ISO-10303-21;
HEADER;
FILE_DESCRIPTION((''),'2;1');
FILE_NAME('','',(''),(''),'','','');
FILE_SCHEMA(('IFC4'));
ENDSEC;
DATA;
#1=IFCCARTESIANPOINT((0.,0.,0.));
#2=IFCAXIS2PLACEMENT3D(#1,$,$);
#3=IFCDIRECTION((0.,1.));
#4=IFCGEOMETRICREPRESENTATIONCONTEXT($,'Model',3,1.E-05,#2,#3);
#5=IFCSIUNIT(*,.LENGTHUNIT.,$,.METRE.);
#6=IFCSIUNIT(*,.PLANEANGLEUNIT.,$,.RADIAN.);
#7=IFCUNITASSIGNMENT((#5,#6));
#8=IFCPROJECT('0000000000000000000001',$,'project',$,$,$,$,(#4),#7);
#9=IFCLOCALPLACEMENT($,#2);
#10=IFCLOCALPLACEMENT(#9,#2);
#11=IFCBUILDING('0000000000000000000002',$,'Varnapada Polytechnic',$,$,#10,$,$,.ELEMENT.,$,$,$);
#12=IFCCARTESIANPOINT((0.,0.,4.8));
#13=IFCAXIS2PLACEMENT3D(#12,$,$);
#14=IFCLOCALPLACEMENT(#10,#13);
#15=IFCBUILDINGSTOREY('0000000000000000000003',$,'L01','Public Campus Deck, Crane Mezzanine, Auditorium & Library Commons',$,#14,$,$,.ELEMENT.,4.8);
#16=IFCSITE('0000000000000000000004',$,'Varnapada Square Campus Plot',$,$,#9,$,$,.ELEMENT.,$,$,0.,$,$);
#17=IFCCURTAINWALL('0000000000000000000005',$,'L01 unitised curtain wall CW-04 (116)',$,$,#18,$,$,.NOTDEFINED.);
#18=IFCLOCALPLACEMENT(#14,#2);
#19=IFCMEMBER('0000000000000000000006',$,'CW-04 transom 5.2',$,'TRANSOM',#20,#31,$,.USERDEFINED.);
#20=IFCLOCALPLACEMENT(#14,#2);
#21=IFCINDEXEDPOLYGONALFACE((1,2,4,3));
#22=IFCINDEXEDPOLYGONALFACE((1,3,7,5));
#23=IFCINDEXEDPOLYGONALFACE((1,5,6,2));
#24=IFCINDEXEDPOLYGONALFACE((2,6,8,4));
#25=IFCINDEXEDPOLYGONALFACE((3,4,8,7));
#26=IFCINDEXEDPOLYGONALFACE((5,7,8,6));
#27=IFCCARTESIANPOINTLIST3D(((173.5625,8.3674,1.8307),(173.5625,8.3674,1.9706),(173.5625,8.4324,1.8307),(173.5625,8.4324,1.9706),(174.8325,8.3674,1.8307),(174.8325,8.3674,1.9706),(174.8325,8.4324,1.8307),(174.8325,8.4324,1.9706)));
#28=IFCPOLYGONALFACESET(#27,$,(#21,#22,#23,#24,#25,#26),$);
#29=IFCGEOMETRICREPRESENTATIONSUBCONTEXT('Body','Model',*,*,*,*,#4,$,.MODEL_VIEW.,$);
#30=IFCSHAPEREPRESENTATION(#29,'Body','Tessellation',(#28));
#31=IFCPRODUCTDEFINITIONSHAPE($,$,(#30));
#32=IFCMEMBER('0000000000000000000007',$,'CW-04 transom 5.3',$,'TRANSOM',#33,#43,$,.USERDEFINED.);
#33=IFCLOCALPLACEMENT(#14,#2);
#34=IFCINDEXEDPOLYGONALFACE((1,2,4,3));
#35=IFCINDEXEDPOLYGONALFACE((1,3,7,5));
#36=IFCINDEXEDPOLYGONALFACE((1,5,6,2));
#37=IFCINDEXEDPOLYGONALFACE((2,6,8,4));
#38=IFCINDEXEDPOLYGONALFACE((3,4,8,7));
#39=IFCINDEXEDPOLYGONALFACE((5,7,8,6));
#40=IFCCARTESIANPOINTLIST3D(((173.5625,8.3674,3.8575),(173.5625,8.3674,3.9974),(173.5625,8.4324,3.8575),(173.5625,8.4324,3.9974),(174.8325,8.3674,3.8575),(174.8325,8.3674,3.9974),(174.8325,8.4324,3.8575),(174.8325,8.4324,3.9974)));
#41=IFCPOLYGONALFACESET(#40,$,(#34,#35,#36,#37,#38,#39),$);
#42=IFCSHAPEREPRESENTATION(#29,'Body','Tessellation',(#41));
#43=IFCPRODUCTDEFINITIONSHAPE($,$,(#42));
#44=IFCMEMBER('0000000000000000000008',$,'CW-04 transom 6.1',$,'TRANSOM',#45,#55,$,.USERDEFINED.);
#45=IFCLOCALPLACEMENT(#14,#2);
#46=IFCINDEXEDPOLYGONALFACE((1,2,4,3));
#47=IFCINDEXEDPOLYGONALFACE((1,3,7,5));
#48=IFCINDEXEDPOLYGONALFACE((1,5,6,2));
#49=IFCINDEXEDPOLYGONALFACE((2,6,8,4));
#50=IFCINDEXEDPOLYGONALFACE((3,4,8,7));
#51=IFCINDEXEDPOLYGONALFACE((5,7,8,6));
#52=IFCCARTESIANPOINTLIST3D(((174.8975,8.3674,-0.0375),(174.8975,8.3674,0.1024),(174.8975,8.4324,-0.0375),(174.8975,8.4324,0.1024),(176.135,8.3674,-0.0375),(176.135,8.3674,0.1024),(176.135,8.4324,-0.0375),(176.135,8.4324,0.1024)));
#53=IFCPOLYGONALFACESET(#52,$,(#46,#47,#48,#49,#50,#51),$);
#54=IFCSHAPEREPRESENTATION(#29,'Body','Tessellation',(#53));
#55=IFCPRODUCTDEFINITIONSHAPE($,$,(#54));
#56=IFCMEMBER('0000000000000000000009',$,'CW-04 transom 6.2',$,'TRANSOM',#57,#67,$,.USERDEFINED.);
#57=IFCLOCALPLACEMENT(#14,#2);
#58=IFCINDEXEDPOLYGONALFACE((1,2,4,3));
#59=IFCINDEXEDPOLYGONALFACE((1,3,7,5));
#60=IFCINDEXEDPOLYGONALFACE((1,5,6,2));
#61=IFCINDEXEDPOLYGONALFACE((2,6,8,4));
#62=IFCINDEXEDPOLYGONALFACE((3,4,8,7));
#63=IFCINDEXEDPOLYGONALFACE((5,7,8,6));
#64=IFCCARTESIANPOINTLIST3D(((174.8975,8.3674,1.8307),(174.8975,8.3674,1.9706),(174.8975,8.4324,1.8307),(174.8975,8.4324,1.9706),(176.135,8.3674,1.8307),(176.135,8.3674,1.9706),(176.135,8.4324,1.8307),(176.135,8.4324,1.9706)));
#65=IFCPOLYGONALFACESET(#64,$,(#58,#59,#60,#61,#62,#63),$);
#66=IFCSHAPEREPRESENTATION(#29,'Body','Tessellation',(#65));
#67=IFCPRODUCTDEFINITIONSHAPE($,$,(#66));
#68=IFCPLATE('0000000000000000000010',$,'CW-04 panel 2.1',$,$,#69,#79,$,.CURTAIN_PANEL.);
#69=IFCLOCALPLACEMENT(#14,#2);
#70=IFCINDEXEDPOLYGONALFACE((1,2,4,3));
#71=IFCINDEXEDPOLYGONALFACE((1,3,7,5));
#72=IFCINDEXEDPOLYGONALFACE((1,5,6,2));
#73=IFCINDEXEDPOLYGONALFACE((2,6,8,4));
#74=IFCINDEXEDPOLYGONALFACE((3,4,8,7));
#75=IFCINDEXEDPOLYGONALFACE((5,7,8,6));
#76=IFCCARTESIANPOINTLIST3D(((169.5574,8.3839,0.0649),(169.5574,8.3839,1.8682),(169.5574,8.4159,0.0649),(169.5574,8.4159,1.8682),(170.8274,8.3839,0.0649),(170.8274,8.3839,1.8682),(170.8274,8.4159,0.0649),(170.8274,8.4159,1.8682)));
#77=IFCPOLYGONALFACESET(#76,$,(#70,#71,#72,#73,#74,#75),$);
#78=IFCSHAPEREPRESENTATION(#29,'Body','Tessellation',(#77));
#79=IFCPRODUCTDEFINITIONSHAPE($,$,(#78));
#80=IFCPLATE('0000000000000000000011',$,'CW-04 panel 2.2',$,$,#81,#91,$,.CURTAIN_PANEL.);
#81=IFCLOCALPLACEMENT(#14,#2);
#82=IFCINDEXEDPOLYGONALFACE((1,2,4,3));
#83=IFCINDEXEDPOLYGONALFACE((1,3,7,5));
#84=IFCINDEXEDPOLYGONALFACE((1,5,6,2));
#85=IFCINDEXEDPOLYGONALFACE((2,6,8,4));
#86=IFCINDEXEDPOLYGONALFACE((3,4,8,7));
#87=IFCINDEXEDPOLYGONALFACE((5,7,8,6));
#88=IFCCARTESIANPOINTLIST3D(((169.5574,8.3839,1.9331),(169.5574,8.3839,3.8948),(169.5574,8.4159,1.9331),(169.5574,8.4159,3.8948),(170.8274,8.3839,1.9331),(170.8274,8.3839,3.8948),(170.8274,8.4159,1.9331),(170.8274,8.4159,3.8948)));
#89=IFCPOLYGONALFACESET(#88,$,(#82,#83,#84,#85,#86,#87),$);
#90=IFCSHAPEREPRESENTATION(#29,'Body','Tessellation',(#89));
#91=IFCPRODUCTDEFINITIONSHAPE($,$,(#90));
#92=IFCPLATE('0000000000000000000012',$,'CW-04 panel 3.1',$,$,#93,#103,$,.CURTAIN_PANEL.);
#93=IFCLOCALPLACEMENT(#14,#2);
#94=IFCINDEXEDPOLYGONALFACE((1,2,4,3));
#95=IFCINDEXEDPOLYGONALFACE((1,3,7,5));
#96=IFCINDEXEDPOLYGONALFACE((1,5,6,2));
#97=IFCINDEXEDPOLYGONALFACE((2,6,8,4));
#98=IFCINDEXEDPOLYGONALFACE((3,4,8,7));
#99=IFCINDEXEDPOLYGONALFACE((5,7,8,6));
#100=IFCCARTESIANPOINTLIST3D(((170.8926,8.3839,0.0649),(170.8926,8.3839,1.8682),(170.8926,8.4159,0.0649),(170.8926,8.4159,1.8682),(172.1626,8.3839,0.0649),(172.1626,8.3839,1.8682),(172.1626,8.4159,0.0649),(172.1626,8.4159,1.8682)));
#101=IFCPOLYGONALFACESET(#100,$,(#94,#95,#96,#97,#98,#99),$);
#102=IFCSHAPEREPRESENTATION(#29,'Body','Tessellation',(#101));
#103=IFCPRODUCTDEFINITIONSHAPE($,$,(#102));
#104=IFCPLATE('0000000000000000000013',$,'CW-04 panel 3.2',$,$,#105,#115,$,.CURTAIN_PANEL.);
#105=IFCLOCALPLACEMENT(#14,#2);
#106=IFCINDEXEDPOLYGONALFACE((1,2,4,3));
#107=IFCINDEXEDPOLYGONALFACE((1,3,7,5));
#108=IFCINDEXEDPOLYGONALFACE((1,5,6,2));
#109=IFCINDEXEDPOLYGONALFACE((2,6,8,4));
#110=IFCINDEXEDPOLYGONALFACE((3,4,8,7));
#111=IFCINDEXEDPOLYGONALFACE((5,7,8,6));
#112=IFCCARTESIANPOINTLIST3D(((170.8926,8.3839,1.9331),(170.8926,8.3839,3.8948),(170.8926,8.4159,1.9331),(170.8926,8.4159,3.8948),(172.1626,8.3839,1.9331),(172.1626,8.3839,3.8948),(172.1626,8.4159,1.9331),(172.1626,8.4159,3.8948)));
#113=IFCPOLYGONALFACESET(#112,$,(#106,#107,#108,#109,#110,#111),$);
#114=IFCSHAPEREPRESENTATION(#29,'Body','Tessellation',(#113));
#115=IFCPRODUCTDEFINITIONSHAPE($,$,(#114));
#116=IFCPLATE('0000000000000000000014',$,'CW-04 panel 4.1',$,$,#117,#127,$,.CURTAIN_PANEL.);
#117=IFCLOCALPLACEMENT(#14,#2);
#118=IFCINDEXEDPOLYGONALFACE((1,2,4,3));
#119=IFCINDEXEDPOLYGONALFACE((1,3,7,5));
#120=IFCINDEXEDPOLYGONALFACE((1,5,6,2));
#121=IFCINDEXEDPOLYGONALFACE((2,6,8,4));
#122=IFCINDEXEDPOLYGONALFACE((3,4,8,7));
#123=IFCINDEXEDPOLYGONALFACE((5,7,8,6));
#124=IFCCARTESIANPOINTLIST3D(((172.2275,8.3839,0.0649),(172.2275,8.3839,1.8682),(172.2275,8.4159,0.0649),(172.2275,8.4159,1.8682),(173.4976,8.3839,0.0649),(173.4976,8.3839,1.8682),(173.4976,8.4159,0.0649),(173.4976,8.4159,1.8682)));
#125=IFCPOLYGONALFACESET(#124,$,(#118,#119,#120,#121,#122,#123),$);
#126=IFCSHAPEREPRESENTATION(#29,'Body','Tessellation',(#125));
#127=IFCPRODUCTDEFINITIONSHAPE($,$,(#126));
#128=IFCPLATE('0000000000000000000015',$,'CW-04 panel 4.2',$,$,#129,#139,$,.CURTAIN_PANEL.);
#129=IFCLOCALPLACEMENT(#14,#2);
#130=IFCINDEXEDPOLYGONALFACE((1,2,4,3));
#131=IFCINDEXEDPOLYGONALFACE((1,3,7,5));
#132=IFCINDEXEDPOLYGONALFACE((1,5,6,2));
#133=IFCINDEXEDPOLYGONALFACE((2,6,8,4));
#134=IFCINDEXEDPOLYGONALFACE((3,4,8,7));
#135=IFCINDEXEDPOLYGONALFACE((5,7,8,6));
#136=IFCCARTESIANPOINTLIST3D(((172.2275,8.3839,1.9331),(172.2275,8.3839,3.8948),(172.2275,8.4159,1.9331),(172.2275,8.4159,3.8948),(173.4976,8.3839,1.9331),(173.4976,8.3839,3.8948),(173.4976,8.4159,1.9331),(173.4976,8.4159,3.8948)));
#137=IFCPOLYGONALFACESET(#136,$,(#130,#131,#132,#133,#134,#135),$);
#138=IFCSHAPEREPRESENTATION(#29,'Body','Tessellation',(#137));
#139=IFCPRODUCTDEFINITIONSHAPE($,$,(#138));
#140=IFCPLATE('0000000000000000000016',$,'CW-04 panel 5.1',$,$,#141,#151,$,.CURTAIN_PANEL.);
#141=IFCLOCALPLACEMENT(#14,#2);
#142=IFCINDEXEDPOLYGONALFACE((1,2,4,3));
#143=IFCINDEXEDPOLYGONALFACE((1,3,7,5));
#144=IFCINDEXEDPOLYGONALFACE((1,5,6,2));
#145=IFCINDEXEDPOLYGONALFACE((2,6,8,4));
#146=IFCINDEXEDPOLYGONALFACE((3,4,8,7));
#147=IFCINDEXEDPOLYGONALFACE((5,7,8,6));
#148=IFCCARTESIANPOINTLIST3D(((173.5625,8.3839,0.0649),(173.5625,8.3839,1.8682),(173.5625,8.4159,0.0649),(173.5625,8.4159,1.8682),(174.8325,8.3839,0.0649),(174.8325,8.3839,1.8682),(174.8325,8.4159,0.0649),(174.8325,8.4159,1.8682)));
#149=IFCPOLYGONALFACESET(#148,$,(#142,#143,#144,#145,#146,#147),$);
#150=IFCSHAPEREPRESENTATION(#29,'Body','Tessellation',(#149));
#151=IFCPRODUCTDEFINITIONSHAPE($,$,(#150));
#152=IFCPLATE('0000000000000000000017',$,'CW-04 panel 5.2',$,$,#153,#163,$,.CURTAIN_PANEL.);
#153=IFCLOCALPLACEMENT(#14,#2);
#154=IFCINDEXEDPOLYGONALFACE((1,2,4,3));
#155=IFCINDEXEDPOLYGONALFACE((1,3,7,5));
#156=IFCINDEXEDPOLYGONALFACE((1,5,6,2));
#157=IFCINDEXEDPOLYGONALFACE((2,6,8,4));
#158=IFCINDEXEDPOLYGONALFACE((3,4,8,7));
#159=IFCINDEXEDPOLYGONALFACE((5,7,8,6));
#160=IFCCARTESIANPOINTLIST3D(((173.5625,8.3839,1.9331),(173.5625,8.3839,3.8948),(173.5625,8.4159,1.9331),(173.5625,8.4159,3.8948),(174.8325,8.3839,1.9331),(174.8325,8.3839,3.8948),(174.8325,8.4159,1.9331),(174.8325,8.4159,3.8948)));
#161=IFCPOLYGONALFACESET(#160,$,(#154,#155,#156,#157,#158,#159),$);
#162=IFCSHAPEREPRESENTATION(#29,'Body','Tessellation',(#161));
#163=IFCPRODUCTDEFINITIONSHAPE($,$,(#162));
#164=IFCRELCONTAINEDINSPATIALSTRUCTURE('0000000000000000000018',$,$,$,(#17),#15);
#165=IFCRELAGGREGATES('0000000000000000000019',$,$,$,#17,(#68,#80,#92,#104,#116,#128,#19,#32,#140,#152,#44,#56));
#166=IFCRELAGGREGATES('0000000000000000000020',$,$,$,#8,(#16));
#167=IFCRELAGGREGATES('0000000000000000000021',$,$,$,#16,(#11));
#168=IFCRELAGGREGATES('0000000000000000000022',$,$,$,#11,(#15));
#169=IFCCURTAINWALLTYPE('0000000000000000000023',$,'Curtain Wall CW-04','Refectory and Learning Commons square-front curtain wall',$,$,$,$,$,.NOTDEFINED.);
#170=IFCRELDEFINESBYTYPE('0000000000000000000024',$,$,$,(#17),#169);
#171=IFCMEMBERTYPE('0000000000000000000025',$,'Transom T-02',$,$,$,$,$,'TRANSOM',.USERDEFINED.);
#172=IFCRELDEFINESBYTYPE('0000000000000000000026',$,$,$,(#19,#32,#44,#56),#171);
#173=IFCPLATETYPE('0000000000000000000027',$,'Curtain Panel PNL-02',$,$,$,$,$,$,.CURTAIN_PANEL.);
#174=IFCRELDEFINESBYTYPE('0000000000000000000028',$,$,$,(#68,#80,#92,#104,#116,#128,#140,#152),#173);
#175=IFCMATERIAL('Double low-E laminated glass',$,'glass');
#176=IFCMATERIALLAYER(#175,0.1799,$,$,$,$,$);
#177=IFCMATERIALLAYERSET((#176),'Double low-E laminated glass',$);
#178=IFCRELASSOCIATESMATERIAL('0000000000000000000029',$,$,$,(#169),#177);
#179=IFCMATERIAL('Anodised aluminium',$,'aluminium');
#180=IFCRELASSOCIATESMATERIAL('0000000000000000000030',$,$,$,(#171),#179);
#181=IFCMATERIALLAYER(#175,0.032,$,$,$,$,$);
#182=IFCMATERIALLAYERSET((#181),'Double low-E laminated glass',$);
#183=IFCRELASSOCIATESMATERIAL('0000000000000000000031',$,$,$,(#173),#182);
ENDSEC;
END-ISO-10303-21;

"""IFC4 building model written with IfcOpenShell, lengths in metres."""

from ifc_helpers import new_model, si_unit, direction, frame, origin, origin_2d, place, context, subcontext, project, spatial, rectangle, extrude, material, layer, layer_set, material_profile, profile_set, type_object, element, aggregate, save


model = new_model("IFC4")

# Units and contexts
model_context = context("Model", 3, precision=1e-05, world=origin(), true_north=direction((0.0, 1.0)))
body_context = subcontext(model_context, "Body", "Model", "MODEL_VIEW")
ifc_project = project(units=[si_unit("LENGTHUNIT", "METRE"), si_unit("PLANEANGLEUNIT", "RADIAN")], contexts=[model_context])

# Site, building, storey
site_placement = place(None, origin())
site = spatial("IfcSite", under=ifc_project, at=site_placement, Name="Varnapada Square Campus Plot", CompositionType="ELEMENT", RefElevation=0.0)
building_placement = place(site_placement, origin())
building = spatial("IfcBuilding", under=site, at=building_placement, Name="Varnapada Polytechnic", CompositionType="ELEMENT")
storey_placement = place(building_placement, frame((0.0, 0.0, 4.8)))
storey = spatial("IfcBuildingStorey", under=building, at=storey_placement, Name="L01", Description="Public Campus Deck, Crane Mezzanine, Auditorium & Library Commons", CompositionType="ELEMENT", Elevation=4.8)

# Curtain wall, members, plates
ifc_material_1 = material(Name="Double low-E laminated glass", Category="glass")
ifc_layer_1 = layer(ifc_material_1, 0.1799)
ifc_layer_set_1 = layer_set([ifc_layer_1], Name="Double low-E laminated glass")
curtain_wall_type = type_object("IfcCurtainWallType", Name="Curtain Wall CW-04", Description="Refectory and Learning Commons square-front curtain wall", PredefinedType="NOTDEFINED", material=ifc_layer_set_1)
curtain_wall_placement = place(storey_placement, origin())
curtain_wall = element("IfcCurtainWall", 1, at=curtain_wall_placement, inside=storey, type_object=curtain_wall_type, Name="L01 unitised curtain wall CW-04 (116)", PredefinedType="NOTDEFINED")
ifc_material_2 = material(Name="Anodised aluminium", Category="aluminium")
ifc_material_profile_1 = material_profile(ifc_material_2, rectangle(XDim=0.0649, YDim=0.1399, at=origin_2d()), Name="ALU T65x140")
ifc_profile_set_1 = profile_set([ifc_material_profile_1], Name="Anodised aluminium")
member_type_1 = type_object("IfcMemberType", Name="Transom T-02", ElementType="TRANSOM", PredefinedType="USERDEFINED", material=ifc_profile_set_1)
member_1_placement = place(storey_placement, frame((173.5625, 8.3999, 1.9006), z_axis=(1.0, 0.0, 0.0), x_axis=(0.0, 1.0, 0.0)))
member_1 = element("IfcMember", 2, at=member_1_placement, type_object=member_type_1, Name="CW-04 transom 5.2", ObjectType="TRANSOM", PredefinedType="USERDEFINED", context=body_context, shape_type="SweptSolid", body=[
    extrude(rectangle(XDim=0.0649, YDim=0.1399, at=origin_2d()), origin(), (0.0, 0.0, 1.0), 1.27),
])
member_2_placement = place(storey_placement, frame((173.5625, 8.3999, 3.9275), z_axis=(1.0, 0.0, 0.0), x_axis=(0.0, 1.0, 0.0)))
member_2 = element("IfcMember", 3, at=member_2_placement, type_object=member_type_1, Name="CW-04 transom 5.3", ObjectType="TRANSOM", PredefinedType="USERDEFINED", context=body_context, shape_type="SweptSolid", body=[
    extrude(rectangle(XDim=0.0649, YDim=0.1399, at=origin_2d()), origin(), (0.0, 0.0, 1.0), 1.27),
])
member_3_placement = place(storey_placement, frame((174.8975, 8.3999, 0.0325), z_axis=(1.0, 0.0, 0.0), x_axis=(0.0, 1.0, 0.0)))
member_3 = element("IfcMember", 4, at=member_3_placement, type_object=member_type_1, Name="CW-04 transom 6.1", ObjectType="TRANSOM", PredefinedType="USERDEFINED", context=body_context, shape_type="SweptSolid", body=[
    extrude(rectangle(XDim=0.0649, YDim=0.1399, at=origin_2d()), origin(), (0.0, 0.0, 1.0), 1.2375),
])
member_4_placement = place(storey_placement, frame((174.8975, 8.3999, 1.9006), z_axis=(1.0, 0.0, 0.0), x_axis=(0.0, 1.0, 0.0)))
member_4 = element("IfcMember", 5, at=member_4_placement, type_object=member_type_1, Name="CW-04 transom 6.2", ObjectType="TRANSOM", PredefinedType="USERDEFINED", context=body_context, shape_type="SweptSolid", body=[
    extrude(rectangle(XDim=0.0649, YDim=0.1399, at=origin_2d()), origin(), (0.0, 0.0, 1.0), 1.2375),
])
ifc_layer_2 = layer(ifc_material_1, 0.032)
ifc_layer_set_2 = layer_set([ifc_layer_2], Name="Double low-E laminated glass")
plate_type = type_object("IfcPlateType", Name="Curtain Panel PNL-02", PredefinedType="CURTAIN_PANEL", material=ifc_layer_set_2)
plate_1_placement = place(storey_placement, frame((170.1924, 8.3999, 0.0649), z_axis=(0.0, 0.0, 1.0), x_axis=(1.0, 0.0, 0.0)))
plate_1 = element("IfcPlate", 6, at=plate_1_placement, type_object=plate_type, Name="CW-04 panel 2.1", PredefinedType="CURTAIN_PANEL", context=body_context, shape_type="SweptSolid", body=[
    extrude(rectangle(XDim=1.27, YDim=0.032, at=origin_2d()), origin(), (0.0, 0.0, 1.0), 1.8032),
])
plate_2_placement = place(storey_placement, frame((170.1924, 8.3999, 1.9331), z_axis=(0.0, 0.0, 1.0), x_axis=(1.0, 0.0, 0.0)))
plate_2 = element("IfcPlate", 7, at=plate_2_placement, type_object=plate_type, Name="CW-04 panel 2.2", PredefinedType="CURTAIN_PANEL", context=body_context, shape_type="SweptSolid", body=[
    extrude(rectangle(XDim=1.27, YDim=0.032, at=origin_2d()), origin(), (0.0, 0.0, 1.0), 1.9617),
])
plate_3_placement = place(storey_placement, frame((171.5276, 8.3999, 0.0649), z_axis=(0.0, 0.0, 1.0), x_axis=(1.0, 0.0, 0.0)))
plate_3 = element("IfcPlate", 8, at=plate_3_placement, type_object=plate_type, Name="CW-04 panel 3.1", PredefinedType="CURTAIN_PANEL", context=body_context, shape_type="SweptSolid", body=[
    extrude(rectangle(XDim=1.27, YDim=0.032, at=origin_2d()), origin(), (0.0, 0.0, 1.0), 1.8032),
])
plate_4_placement = place(storey_placement, frame((171.5276, 8.3999, 1.9331), z_axis=(0.0, 0.0, 1.0), x_axis=(1.0, 0.0, 0.0)))
plate_4 = element("IfcPlate", 9, at=plate_4_placement, type_object=plate_type, Name="CW-04 panel 3.2", PredefinedType="CURTAIN_PANEL", context=body_context, shape_type="SweptSolid", body=[
    extrude(rectangle(XDim=1.27, YDim=0.032, at=origin_2d()), origin(), (0.0, 0.0, 1.0), 1.9617),
])
plate_5_placement = place(storey_placement, frame((172.8625, 8.3999, 0.0649), z_axis=(0.0, 0.0, 1.0), x_axis=(1.0, 0.0, 0.0)))
plate_5 = element("IfcPlate", 10, at=plate_5_placement, type_object=plate_type, Name="CW-04 panel 4.1", PredefinedType="CURTAIN_PANEL", context=body_context, shape_type="SweptSolid", body=[
    extrude(rectangle(XDim=1.27, YDim=0.032, at=origin_2d()), origin(), (0.0, 0.0, 1.0), 1.8032),
])
plate_6_placement = place(storey_placement, frame((172.8625, 8.3999, 1.9331), z_axis=(0.0, 0.0, 1.0), x_axis=(1.0, 0.0, 0.0)))
plate_6 = element("IfcPlate", 11, at=plate_6_placement, type_object=plate_type, Name="CW-04 panel 4.2", PredefinedType="CURTAIN_PANEL", context=body_context, shape_type="SweptSolid", body=[
    extrude(rectangle(XDim=1.27, YDim=0.032, at=origin_2d()), origin(), (0.0, 0.0, 1.0), 1.9617),
])
plate_7_placement = place(storey_placement, frame((174.1975, 8.3999, 0.0649), z_axis=(0.0, 0.0, 1.0), x_axis=(1.0, 0.0, 0.0)))
plate_7 = element("IfcPlate", 12, at=plate_7_placement, type_object=plate_type, Name="CW-04 panel 5.1", PredefinedType="CURTAIN_PANEL", context=body_context, shape_type="SweptSolid", body=[
    extrude(rectangle(XDim=1.27, YDim=0.032, at=origin_2d()), origin(), (0.0, 0.0, 1.0), 1.8032),
])
plate_8_placement = place(storey_placement, frame((174.1975, 8.3999, 1.9331), z_axis=(0.0, 0.0, 1.0), x_axis=(1.0, 0.0, 0.0)))
plate_8 = element("IfcPlate", 13, at=plate_8_placement, type_object=plate_type, Name="CW-04 panel 5.2", PredefinedType="CURTAIN_PANEL", context=body_context, shape_type="SweptSolid", body=[
    extrude(rectangle(XDim=1.27, YDim=0.032, at=origin_2d()), origin(), (0.0, 0.0, 1.0), 1.9617),
])
aggregate(curtain_wall, [plate_1, plate_2, plate_3, plate_4, plate_5, plate_6, member_1, member_2, plate_7, plate_8, member_3, member_4])

save(model, "model.ifc")
